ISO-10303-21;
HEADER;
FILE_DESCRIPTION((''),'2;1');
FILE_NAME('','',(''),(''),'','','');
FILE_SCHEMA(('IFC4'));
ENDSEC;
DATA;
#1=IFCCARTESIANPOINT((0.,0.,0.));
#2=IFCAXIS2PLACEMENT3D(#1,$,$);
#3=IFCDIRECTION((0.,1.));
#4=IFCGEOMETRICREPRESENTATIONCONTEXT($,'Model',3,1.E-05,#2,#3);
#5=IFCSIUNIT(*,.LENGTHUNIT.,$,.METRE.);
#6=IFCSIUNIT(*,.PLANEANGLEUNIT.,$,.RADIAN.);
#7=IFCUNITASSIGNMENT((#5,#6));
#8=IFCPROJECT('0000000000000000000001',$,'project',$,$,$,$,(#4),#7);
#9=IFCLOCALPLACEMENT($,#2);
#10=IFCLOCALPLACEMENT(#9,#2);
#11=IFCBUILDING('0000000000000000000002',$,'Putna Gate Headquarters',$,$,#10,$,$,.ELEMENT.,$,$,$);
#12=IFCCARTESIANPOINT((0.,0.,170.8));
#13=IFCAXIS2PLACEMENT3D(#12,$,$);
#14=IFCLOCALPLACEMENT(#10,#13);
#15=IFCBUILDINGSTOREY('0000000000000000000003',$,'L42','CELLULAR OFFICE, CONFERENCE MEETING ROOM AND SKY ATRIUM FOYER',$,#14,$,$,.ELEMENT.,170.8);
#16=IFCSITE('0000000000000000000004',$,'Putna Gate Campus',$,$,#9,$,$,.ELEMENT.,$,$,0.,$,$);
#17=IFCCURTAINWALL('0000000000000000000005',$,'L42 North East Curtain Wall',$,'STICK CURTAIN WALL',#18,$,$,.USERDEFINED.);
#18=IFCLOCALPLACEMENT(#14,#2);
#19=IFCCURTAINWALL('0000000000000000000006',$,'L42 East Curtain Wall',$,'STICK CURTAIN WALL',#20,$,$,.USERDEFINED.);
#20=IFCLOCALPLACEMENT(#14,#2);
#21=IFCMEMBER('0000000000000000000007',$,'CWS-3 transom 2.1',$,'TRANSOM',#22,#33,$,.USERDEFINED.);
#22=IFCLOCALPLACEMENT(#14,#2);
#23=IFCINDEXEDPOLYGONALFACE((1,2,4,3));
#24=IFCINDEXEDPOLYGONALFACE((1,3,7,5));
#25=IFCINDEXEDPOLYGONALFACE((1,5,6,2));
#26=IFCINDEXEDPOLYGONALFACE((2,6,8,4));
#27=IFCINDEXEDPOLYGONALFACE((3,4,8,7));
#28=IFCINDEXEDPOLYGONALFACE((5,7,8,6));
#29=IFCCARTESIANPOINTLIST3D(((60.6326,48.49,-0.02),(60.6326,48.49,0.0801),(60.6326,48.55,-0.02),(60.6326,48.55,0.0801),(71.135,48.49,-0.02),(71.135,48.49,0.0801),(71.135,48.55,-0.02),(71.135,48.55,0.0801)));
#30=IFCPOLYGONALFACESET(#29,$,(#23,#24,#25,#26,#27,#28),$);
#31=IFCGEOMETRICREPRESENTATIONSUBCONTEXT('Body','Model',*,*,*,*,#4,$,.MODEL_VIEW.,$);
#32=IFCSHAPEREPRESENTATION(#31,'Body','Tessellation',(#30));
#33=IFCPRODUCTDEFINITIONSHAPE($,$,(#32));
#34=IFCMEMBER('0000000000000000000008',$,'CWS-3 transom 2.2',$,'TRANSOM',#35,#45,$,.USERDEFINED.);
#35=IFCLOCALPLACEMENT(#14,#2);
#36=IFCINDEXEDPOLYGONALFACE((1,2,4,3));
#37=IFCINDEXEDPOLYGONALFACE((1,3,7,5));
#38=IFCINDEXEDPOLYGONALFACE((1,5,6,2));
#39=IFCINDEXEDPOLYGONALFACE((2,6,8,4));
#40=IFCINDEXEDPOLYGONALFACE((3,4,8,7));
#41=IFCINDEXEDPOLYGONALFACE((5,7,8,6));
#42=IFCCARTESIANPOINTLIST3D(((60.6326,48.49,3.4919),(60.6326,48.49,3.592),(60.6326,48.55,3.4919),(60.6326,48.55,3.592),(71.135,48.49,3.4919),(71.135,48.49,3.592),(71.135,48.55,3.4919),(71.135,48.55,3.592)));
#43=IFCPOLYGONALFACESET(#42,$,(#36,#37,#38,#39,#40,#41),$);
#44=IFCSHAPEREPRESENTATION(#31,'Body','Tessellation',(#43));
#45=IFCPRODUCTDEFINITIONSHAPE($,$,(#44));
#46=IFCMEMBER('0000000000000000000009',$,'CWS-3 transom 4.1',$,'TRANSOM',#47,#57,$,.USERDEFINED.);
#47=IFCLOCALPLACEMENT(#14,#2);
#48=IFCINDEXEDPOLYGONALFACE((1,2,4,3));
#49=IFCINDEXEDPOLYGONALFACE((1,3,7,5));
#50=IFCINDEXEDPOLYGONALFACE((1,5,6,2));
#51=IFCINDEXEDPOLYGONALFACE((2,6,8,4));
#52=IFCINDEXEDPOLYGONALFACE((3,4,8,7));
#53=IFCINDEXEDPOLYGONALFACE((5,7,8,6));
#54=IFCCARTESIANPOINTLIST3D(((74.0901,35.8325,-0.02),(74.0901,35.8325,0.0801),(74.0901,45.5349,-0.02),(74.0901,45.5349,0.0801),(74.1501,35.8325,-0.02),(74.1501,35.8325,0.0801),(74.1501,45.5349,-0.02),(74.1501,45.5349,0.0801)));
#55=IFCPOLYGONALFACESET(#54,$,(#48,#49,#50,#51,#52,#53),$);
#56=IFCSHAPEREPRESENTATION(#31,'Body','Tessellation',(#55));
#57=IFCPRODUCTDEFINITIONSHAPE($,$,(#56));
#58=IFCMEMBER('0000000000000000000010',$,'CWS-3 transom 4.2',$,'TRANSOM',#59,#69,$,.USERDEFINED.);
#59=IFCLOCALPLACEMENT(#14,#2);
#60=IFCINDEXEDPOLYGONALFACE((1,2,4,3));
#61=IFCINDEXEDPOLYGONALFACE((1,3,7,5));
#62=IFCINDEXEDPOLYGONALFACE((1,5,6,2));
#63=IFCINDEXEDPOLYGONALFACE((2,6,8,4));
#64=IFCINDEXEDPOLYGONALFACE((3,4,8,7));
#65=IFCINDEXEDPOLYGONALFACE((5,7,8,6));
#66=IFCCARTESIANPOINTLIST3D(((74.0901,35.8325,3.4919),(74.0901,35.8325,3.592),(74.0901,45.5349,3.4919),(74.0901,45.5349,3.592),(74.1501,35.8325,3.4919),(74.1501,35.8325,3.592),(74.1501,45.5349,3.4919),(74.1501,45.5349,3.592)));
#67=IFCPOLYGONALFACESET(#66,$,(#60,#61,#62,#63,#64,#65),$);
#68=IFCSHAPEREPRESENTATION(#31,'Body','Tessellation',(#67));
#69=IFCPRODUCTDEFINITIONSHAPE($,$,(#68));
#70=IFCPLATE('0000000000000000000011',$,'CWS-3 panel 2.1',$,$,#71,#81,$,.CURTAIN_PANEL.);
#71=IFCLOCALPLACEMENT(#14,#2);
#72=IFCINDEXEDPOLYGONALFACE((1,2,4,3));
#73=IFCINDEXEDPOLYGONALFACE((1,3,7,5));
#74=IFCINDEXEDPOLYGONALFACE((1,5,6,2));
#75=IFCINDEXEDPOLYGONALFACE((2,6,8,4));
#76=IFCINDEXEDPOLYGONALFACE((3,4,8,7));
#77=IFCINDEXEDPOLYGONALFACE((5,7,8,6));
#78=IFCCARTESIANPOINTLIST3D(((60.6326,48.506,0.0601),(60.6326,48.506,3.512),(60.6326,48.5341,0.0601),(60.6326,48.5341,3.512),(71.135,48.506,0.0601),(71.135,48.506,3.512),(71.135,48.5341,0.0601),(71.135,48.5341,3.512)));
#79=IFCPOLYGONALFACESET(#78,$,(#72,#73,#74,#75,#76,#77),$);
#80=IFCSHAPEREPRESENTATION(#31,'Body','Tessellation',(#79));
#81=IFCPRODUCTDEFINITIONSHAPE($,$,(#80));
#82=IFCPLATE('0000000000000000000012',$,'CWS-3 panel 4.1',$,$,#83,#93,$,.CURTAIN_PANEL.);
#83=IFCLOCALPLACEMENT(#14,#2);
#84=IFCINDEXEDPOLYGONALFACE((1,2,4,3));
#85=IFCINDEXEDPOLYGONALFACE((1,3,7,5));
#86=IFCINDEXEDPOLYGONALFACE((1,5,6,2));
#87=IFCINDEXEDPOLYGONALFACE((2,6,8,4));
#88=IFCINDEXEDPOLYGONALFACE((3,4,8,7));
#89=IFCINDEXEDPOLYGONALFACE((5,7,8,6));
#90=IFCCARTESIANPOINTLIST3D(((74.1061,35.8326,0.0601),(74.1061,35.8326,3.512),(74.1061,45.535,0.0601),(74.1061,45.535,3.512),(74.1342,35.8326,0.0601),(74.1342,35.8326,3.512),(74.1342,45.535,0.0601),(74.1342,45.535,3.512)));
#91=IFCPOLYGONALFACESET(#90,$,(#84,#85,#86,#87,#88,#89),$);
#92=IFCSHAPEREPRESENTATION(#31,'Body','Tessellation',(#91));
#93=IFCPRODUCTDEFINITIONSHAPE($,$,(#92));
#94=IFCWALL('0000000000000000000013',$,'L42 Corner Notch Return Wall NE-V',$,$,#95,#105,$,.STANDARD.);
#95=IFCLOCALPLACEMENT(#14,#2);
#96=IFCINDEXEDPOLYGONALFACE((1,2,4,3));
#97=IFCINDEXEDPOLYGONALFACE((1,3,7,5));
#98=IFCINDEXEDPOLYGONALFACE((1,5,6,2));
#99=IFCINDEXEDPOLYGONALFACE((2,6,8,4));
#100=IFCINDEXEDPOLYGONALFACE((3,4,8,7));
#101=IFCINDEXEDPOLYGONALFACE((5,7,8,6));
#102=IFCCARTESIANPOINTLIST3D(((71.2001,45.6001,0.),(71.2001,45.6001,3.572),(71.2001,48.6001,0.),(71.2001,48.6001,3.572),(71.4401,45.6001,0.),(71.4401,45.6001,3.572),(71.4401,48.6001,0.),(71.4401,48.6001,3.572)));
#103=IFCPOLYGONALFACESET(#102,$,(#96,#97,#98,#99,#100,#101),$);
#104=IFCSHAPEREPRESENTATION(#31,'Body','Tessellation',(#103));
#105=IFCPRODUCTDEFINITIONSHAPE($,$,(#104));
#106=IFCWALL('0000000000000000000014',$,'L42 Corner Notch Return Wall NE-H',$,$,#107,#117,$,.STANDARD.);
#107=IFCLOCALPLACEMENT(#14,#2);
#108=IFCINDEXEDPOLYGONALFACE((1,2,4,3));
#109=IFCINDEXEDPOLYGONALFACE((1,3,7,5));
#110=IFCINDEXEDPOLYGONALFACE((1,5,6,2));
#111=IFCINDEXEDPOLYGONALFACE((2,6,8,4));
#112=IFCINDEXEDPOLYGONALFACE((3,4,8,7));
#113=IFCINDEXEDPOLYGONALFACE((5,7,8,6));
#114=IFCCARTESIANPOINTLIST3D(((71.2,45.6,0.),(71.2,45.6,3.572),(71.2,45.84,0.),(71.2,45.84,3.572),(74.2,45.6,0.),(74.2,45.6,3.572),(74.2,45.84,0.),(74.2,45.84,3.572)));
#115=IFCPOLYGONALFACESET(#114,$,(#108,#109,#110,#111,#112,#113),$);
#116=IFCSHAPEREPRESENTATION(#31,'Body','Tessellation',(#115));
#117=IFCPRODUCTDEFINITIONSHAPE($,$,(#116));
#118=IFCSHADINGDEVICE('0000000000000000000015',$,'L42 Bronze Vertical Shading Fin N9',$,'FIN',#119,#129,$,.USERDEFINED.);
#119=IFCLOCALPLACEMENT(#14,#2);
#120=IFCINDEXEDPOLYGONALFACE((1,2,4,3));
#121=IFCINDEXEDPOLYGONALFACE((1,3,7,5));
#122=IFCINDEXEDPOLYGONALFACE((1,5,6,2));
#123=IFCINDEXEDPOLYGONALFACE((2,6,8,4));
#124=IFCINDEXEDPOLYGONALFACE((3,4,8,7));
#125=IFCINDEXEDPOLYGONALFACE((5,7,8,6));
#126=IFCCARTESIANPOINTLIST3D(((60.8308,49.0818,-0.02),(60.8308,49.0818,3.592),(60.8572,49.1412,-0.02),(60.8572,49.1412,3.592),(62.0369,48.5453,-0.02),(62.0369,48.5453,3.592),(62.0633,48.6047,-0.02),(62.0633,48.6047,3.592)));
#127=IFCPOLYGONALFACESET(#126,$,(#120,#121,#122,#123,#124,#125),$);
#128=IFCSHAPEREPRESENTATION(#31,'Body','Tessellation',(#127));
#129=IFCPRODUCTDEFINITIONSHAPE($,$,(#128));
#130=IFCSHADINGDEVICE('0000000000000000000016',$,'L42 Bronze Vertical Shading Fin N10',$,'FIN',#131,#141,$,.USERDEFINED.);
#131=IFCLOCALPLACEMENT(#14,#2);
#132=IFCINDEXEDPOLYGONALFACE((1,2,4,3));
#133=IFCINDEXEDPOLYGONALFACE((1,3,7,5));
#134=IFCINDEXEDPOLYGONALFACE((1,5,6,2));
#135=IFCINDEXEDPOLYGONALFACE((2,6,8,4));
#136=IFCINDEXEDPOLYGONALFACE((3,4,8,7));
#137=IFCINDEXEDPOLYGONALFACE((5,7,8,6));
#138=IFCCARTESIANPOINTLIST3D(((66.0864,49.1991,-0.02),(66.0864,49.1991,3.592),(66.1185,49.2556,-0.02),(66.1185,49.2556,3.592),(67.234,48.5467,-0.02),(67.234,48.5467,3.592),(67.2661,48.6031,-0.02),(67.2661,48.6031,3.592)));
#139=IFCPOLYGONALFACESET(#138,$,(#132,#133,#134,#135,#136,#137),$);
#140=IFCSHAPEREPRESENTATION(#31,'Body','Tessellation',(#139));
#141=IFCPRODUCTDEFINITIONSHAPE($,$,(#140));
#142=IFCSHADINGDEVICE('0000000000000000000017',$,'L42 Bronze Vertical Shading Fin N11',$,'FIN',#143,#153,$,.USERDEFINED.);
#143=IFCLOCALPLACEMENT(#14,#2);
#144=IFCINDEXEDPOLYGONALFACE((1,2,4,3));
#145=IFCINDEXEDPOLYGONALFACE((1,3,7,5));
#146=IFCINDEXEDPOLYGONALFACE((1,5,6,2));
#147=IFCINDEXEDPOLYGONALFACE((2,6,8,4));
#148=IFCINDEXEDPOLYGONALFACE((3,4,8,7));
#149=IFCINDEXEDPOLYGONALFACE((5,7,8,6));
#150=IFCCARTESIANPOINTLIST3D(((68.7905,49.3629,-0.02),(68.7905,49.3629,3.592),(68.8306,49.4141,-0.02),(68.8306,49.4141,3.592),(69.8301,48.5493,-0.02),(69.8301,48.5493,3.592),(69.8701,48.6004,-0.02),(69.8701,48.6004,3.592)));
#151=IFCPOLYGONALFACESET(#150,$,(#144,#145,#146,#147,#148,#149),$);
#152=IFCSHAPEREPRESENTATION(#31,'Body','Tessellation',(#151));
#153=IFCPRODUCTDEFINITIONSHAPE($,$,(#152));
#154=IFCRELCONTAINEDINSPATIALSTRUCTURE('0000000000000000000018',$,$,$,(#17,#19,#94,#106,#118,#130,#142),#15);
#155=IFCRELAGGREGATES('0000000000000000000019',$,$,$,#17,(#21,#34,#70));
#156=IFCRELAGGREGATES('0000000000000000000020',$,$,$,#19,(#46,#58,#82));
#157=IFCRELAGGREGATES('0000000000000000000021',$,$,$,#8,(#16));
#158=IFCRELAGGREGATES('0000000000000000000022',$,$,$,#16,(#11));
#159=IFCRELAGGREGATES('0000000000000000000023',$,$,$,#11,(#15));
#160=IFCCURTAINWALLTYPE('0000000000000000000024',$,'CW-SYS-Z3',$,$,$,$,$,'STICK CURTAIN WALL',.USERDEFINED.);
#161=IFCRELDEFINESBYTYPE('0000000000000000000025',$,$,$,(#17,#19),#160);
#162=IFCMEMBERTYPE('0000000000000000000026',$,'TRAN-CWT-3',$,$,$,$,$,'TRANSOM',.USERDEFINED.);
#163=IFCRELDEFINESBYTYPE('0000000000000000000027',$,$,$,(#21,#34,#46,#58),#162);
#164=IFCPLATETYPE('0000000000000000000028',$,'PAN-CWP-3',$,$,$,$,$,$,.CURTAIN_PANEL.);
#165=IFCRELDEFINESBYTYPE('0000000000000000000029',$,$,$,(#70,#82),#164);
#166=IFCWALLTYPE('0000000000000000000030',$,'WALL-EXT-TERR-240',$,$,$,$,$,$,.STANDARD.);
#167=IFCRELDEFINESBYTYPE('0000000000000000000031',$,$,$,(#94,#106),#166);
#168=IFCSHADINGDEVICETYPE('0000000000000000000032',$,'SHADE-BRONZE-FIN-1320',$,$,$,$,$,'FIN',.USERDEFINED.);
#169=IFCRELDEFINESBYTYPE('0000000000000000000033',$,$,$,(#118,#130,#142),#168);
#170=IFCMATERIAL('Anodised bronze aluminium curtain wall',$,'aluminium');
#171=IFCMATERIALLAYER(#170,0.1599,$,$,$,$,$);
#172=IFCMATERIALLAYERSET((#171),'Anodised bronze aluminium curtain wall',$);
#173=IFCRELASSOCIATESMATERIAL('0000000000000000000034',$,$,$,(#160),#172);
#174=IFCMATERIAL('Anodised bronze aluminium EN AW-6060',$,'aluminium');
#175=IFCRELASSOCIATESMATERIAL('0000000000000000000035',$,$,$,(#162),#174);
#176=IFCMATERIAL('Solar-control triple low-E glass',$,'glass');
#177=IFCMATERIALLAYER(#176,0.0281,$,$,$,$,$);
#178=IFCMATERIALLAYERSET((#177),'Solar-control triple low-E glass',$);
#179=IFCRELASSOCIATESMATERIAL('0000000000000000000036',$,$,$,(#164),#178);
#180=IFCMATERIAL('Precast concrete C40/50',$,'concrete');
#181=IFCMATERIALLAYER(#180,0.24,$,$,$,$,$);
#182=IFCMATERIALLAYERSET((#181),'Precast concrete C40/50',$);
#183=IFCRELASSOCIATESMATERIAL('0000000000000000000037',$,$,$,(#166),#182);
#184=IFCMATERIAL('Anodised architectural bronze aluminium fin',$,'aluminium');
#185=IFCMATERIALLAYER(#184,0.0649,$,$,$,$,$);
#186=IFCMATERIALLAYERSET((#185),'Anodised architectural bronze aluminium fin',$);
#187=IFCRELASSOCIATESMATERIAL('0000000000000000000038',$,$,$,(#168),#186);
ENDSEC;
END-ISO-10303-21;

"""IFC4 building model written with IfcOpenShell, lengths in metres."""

from ifc_helpers import new_model, si_unit, direction, frame, frame_2d, origin, origin_2d, place, context, subcontext, project, spatial, rectangle, extrude, material, layer, layer_set, material_profile, profile_set, type_object, element, aggregate, save


model = new_model("IFC4")

# Units and contexts
model_context = context("Model", 3, precision=1e-05, world=origin(), true_north=direction((0.0, 1.0)))
body_context = subcontext(model_context, "Body", "Model", "MODEL_VIEW")
ifc_project = project(units=[si_unit("LENGTHUNIT", "METRE"), si_unit("PLANEANGLEUNIT", "RADIAN")], contexts=[model_context])

# Site, building, storey
site_placement = place(None, origin())
site = spatial("IfcSite", under=ifc_project, at=site_placement, Name="Putna Gate Campus", CompositionType="ELEMENT", RefElevation=0.0)
building_placement = place(site_placement, origin())
building = spatial("IfcBuilding", under=site, at=building_placement, Name="Putna Gate Headquarters", CompositionType="ELEMENT")
storey_placement = place(building_placement, frame((0.0, 0.0, 170.8)))
storey = spatial("IfcBuildingStorey", under=building, at=storey_placement, Name="L42", Description="CELLULAR OFFICE, CONFERENCE MEETING ROOM AND SKY ATRIUM FOYER", CompositionType="ELEMENT", Elevation=170.8)

# Curtain wall
ifc_material_1 = material(Name="Anodised bronze aluminium curtain wall", Category="aluminium")
ifc_layer_1 = layer(ifc_material_1, 0.1599)
ifc_layer_set_1 = layer_set([ifc_layer_1], Name="Anodised bronze aluminium curtain wall")
curtain_wall_type = type_object("IfcCurtainWallType", Name="CW-SYS-Z3", ElementType="STICK CURTAIN WALL", PredefinedType="USERDEFINED", material=ifc_layer_set_1)
curtain_wall_1_placement = place(storey_placement, origin())
curtain_wall_1 = element("IfcCurtainWall", 1, at=curtain_wall_1_placement, inside=storey, type_object=curtain_wall_type, Name="L42 North East Curtain Wall", ObjectType="STICK CURTAIN WALL", PredefinedType="USERDEFINED")
ifc_material_2 = material(Name="Anodised bronze aluminium EN AW-6060", Category="aluminium")

# Curtain wall
curtain_wall_2_placement = place(storey_placement, origin())
curtain_wall_2 = element("IfcCurtainWall", 2, at=curtain_wall_2_placement, inside=storey, type_object=curtain_wall_type, Name="L42 East Curtain Wall", ObjectType="STICK CURTAIN WALL", PredefinedType="USERDEFINED")

# Members
ifc_material_profile_1 = material_profile(ifc_material_2, rectangle(XDim=0.0601, YDim=0.1001, at=origin_2d()), Name="Anodised bronze aluminium EN AW-6060")
ifc_profile_set_1 = profile_set([ifc_material_profile_1], Name="Anodised bronze aluminium EN AW-6060")
member_type_1 = type_object("IfcMemberType", Name="TRAN-CWT-3", ElementType="TRANSOM", PredefinedType="USERDEFINED", material=ifc_profile_set_1)
member_1_placement = place(storey_placement, frame((60.6326, 48.52, 0.03), z_axis=(1.0, 0.0, 0.0), x_axis=(0.0, 1.0, 0.0)))
member_1 = element("IfcMember", 3, at=member_1_placement, type_object=member_type_1, Name="CWS-3 transom 2.1", ObjectType="TRANSOM", PredefinedType="USERDEFINED", context=body_context, shape_type="SweptSolid", body=[
    extrude(rectangle(XDim=0.0601, YDim=0.1001, at=origin_2d()), origin(), (0.0, 0.0, 1.0), 10.5024),
])
member_2_placement = place(storey_placement, frame((60.6326, 48.52, 3.542), z_axis=(1.0, 0.0, 0.0), x_axis=(0.0, 1.0, 0.0)))
member_2 = element("IfcMember", 4, at=member_2_placement, type_object=member_type_1, Name="CWS-3 transom 2.2", ObjectType="TRANSOM", PredefinedType="USERDEFINED", context=body_context, shape_type="SweptSolid", body=[
    extrude(rectangle(XDim=0.0601, YDim=0.1001, at=origin_2d()), origin(), (0.0, 0.0, 1.0), 10.5024),
])
member_3_placement = place(storey_placement, frame((74.1201, 35.8325, 0.03), z_axis=(0.0, 1.0, 0.0), x_axis=(-1.0, 0.0, 0.0)))
member_3 = element("IfcMember", 5, at=member_3_placement, type_object=member_type_1, Name="CWS-3 transom 4.1", ObjectType="TRANSOM", PredefinedType="USERDEFINED", context=body_context, shape_type="SweptSolid", body=[
    extrude(rectangle(XDim=0.0601, YDim=0.1001, at=origin_2d()), origin(), (0.0, 0.0, 1.0), 9.7024),
])
member_4_placement = place(storey_placement, frame((74.1201, 35.8325, 3.542), z_axis=(0.0, 1.0, 0.0), x_axis=(-1.0, 0.0, 0.0)))
member_4 = element("IfcMember", 6, at=member_4_placement, type_object=member_type_1, Name="CWS-3 transom 4.2", ObjectType="TRANSOM", PredefinedType="USERDEFINED", context=body_context, shape_type="SweptSolid", body=[
    extrude(rectangle(XDim=0.0601, YDim=0.1001, at=origin_2d()), origin(), (0.0, 0.0, 1.0), 9.7024),
])

# Plates
ifc_material_3 = material(Name="Solar-control triple low-E glass", Category="glass")
ifc_layer_2 = layer(ifc_material_3, 0.0281)
ifc_layer_set_2 = layer_set([ifc_layer_2], Name="Solar-control triple low-E glass")
plate_type = type_object("IfcPlateType", Name="PAN-CWP-3", PredefinedType="CURTAIN_PANEL", material=ifc_layer_set_2)
plate_1_placement = place(storey_placement, frame((65.8838, 48.52, 0.0601), z_axis=(0.0, 0.0, 1.0), x_axis=(1.0, 0.0, 0.0)))
plate_1 = element("IfcPlate", 7, at=plate_1_placement, type_object=plate_type, Name="CWS-3 panel 2.1", PredefinedType="CURTAIN_PANEL", context=body_context, shape_type="SweptSolid", body=[
    extrude(rectangle(XDim=10.5024, YDim=0.0281, at=origin_2d()), origin(), (0.0, 0.0, 1.0), 3.4519),
])
aggregate(curtain_wall_1, [member_1, member_2, plate_1])
plate_2_placement = place(storey_placement, frame((74.1201, 40.6838, 0.0601), z_axis=(0.0, 0.0, 1.0), x_axis=(0.0, 1.0, 0.0)))
plate_2 = element("IfcPlate", 8, at=plate_2_placement, type_object=plate_type, Name="CWS-3 panel 4.1", PredefinedType="CURTAIN_PANEL", context=body_context, shape_type="SweptSolid", body=[
    extrude(rectangle(XDim=9.7024, YDim=0.0281, at=origin_2d()), origin(), (0.0, 0.0, 1.0), 3.4519),
])
aggregate(curtain_wall_2, [member_3, member_4, plate_2])

# Walls
ifc_material_4 = material(Name="Precast concrete C40/50", Category="concrete")
ifc_layer_3 = layer(ifc_material_4, 0.24)
ifc_layer_set_3 = layer_set([ifc_layer_3], Name="Precast concrete C40/50")
wall_type = type_object("IfcWallType", Name="WALL-EXT-TERR-240", PredefinedType="STANDARD", material=ifc_layer_set_3)
for number, where, z_axis, x_axis, name in (
    (9, (71.3201, 48.6001, 0.0), (0.0, 0.0, 1.0), (0.0, -1.0, 0.0), "L42 Corner Notch Return Wall NE-V"),
    (10, (71.2, 45.72, 0.0), (0.0, 0.0, 1.0), (1.0, 0.0, 0.0), "L42 Corner Notch Return Wall NE-H"),
):
    element("IfcWall", number, at=place(storey_placement, frame(where, z_axis=z_axis, x_axis=x_axis)), inside=storey, type_object=wall_type, Name=name, PredefinedType="STANDARD", context=body_context, shape_type="SweptSolid", body=[
        extrude(rectangle(XDim=3.0, YDim=0.24, at=frame_2d((1.5, 0.0))), origin(), (0.0, 0.0, 1.0), 3.572),
    ])

# Shading devices
ifc_material_5 = material(Name="Anodised architectural bronze aluminium fin", Category="aluminium")
ifc_layer_4 = layer(ifc_material_5, 0.0649)
ifc_layer_set_4 = layer_set([ifc_layer_4], Name="Anodised architectural bronze aluminium fin")
shading_device_type = type_object("IfcShadingDeviceType", Name="SHADE-BRONZE-FIN-1320", ElementType="FIN", PredefinedType="USERDEFINED", material=ifc_layer_set_4)
for number, where, z_axis, x_axis, name in (
    (11, (61.447, 48.8433, -0.02), (0.0, 0.0, 1.0), (-0.913687, 0.406418, 0.0), "L42 Bronze Vertical Shading Fin N9"),
    (12, (66.6763, 48.9011, -0.02), (0.0, 0.0, 1.0), (-0.869322, 0.494245, 0.0), "L42 Bronze Vertical Shading Fin N10"),
    (13, (69.3303, 48.9817, -0.02), (0.0, 0.0, 1.0), (-0.787473, 0.616349, 0.0), "L42 Bronze Vertical Shading Fin N11"),
):
    element("IfcShadingDevice", number, at=place(storey_placement, frame(where, z_axis=z_axis, x_axis=x_axis)), inside=storey, type_object=shading_device_type, Name=name, ObjectType="FIN", PredefinedType="USERDEFINED", context=body_context, shape_type="SweptSolid", body=[
        extrude(rectangle(XDim=1.3201, YDim=0.0649, at=origin_2d()), origin(), (0.0, 0.0, 1.0), 3.6121),
    ])

save(model, "model.ifc")
